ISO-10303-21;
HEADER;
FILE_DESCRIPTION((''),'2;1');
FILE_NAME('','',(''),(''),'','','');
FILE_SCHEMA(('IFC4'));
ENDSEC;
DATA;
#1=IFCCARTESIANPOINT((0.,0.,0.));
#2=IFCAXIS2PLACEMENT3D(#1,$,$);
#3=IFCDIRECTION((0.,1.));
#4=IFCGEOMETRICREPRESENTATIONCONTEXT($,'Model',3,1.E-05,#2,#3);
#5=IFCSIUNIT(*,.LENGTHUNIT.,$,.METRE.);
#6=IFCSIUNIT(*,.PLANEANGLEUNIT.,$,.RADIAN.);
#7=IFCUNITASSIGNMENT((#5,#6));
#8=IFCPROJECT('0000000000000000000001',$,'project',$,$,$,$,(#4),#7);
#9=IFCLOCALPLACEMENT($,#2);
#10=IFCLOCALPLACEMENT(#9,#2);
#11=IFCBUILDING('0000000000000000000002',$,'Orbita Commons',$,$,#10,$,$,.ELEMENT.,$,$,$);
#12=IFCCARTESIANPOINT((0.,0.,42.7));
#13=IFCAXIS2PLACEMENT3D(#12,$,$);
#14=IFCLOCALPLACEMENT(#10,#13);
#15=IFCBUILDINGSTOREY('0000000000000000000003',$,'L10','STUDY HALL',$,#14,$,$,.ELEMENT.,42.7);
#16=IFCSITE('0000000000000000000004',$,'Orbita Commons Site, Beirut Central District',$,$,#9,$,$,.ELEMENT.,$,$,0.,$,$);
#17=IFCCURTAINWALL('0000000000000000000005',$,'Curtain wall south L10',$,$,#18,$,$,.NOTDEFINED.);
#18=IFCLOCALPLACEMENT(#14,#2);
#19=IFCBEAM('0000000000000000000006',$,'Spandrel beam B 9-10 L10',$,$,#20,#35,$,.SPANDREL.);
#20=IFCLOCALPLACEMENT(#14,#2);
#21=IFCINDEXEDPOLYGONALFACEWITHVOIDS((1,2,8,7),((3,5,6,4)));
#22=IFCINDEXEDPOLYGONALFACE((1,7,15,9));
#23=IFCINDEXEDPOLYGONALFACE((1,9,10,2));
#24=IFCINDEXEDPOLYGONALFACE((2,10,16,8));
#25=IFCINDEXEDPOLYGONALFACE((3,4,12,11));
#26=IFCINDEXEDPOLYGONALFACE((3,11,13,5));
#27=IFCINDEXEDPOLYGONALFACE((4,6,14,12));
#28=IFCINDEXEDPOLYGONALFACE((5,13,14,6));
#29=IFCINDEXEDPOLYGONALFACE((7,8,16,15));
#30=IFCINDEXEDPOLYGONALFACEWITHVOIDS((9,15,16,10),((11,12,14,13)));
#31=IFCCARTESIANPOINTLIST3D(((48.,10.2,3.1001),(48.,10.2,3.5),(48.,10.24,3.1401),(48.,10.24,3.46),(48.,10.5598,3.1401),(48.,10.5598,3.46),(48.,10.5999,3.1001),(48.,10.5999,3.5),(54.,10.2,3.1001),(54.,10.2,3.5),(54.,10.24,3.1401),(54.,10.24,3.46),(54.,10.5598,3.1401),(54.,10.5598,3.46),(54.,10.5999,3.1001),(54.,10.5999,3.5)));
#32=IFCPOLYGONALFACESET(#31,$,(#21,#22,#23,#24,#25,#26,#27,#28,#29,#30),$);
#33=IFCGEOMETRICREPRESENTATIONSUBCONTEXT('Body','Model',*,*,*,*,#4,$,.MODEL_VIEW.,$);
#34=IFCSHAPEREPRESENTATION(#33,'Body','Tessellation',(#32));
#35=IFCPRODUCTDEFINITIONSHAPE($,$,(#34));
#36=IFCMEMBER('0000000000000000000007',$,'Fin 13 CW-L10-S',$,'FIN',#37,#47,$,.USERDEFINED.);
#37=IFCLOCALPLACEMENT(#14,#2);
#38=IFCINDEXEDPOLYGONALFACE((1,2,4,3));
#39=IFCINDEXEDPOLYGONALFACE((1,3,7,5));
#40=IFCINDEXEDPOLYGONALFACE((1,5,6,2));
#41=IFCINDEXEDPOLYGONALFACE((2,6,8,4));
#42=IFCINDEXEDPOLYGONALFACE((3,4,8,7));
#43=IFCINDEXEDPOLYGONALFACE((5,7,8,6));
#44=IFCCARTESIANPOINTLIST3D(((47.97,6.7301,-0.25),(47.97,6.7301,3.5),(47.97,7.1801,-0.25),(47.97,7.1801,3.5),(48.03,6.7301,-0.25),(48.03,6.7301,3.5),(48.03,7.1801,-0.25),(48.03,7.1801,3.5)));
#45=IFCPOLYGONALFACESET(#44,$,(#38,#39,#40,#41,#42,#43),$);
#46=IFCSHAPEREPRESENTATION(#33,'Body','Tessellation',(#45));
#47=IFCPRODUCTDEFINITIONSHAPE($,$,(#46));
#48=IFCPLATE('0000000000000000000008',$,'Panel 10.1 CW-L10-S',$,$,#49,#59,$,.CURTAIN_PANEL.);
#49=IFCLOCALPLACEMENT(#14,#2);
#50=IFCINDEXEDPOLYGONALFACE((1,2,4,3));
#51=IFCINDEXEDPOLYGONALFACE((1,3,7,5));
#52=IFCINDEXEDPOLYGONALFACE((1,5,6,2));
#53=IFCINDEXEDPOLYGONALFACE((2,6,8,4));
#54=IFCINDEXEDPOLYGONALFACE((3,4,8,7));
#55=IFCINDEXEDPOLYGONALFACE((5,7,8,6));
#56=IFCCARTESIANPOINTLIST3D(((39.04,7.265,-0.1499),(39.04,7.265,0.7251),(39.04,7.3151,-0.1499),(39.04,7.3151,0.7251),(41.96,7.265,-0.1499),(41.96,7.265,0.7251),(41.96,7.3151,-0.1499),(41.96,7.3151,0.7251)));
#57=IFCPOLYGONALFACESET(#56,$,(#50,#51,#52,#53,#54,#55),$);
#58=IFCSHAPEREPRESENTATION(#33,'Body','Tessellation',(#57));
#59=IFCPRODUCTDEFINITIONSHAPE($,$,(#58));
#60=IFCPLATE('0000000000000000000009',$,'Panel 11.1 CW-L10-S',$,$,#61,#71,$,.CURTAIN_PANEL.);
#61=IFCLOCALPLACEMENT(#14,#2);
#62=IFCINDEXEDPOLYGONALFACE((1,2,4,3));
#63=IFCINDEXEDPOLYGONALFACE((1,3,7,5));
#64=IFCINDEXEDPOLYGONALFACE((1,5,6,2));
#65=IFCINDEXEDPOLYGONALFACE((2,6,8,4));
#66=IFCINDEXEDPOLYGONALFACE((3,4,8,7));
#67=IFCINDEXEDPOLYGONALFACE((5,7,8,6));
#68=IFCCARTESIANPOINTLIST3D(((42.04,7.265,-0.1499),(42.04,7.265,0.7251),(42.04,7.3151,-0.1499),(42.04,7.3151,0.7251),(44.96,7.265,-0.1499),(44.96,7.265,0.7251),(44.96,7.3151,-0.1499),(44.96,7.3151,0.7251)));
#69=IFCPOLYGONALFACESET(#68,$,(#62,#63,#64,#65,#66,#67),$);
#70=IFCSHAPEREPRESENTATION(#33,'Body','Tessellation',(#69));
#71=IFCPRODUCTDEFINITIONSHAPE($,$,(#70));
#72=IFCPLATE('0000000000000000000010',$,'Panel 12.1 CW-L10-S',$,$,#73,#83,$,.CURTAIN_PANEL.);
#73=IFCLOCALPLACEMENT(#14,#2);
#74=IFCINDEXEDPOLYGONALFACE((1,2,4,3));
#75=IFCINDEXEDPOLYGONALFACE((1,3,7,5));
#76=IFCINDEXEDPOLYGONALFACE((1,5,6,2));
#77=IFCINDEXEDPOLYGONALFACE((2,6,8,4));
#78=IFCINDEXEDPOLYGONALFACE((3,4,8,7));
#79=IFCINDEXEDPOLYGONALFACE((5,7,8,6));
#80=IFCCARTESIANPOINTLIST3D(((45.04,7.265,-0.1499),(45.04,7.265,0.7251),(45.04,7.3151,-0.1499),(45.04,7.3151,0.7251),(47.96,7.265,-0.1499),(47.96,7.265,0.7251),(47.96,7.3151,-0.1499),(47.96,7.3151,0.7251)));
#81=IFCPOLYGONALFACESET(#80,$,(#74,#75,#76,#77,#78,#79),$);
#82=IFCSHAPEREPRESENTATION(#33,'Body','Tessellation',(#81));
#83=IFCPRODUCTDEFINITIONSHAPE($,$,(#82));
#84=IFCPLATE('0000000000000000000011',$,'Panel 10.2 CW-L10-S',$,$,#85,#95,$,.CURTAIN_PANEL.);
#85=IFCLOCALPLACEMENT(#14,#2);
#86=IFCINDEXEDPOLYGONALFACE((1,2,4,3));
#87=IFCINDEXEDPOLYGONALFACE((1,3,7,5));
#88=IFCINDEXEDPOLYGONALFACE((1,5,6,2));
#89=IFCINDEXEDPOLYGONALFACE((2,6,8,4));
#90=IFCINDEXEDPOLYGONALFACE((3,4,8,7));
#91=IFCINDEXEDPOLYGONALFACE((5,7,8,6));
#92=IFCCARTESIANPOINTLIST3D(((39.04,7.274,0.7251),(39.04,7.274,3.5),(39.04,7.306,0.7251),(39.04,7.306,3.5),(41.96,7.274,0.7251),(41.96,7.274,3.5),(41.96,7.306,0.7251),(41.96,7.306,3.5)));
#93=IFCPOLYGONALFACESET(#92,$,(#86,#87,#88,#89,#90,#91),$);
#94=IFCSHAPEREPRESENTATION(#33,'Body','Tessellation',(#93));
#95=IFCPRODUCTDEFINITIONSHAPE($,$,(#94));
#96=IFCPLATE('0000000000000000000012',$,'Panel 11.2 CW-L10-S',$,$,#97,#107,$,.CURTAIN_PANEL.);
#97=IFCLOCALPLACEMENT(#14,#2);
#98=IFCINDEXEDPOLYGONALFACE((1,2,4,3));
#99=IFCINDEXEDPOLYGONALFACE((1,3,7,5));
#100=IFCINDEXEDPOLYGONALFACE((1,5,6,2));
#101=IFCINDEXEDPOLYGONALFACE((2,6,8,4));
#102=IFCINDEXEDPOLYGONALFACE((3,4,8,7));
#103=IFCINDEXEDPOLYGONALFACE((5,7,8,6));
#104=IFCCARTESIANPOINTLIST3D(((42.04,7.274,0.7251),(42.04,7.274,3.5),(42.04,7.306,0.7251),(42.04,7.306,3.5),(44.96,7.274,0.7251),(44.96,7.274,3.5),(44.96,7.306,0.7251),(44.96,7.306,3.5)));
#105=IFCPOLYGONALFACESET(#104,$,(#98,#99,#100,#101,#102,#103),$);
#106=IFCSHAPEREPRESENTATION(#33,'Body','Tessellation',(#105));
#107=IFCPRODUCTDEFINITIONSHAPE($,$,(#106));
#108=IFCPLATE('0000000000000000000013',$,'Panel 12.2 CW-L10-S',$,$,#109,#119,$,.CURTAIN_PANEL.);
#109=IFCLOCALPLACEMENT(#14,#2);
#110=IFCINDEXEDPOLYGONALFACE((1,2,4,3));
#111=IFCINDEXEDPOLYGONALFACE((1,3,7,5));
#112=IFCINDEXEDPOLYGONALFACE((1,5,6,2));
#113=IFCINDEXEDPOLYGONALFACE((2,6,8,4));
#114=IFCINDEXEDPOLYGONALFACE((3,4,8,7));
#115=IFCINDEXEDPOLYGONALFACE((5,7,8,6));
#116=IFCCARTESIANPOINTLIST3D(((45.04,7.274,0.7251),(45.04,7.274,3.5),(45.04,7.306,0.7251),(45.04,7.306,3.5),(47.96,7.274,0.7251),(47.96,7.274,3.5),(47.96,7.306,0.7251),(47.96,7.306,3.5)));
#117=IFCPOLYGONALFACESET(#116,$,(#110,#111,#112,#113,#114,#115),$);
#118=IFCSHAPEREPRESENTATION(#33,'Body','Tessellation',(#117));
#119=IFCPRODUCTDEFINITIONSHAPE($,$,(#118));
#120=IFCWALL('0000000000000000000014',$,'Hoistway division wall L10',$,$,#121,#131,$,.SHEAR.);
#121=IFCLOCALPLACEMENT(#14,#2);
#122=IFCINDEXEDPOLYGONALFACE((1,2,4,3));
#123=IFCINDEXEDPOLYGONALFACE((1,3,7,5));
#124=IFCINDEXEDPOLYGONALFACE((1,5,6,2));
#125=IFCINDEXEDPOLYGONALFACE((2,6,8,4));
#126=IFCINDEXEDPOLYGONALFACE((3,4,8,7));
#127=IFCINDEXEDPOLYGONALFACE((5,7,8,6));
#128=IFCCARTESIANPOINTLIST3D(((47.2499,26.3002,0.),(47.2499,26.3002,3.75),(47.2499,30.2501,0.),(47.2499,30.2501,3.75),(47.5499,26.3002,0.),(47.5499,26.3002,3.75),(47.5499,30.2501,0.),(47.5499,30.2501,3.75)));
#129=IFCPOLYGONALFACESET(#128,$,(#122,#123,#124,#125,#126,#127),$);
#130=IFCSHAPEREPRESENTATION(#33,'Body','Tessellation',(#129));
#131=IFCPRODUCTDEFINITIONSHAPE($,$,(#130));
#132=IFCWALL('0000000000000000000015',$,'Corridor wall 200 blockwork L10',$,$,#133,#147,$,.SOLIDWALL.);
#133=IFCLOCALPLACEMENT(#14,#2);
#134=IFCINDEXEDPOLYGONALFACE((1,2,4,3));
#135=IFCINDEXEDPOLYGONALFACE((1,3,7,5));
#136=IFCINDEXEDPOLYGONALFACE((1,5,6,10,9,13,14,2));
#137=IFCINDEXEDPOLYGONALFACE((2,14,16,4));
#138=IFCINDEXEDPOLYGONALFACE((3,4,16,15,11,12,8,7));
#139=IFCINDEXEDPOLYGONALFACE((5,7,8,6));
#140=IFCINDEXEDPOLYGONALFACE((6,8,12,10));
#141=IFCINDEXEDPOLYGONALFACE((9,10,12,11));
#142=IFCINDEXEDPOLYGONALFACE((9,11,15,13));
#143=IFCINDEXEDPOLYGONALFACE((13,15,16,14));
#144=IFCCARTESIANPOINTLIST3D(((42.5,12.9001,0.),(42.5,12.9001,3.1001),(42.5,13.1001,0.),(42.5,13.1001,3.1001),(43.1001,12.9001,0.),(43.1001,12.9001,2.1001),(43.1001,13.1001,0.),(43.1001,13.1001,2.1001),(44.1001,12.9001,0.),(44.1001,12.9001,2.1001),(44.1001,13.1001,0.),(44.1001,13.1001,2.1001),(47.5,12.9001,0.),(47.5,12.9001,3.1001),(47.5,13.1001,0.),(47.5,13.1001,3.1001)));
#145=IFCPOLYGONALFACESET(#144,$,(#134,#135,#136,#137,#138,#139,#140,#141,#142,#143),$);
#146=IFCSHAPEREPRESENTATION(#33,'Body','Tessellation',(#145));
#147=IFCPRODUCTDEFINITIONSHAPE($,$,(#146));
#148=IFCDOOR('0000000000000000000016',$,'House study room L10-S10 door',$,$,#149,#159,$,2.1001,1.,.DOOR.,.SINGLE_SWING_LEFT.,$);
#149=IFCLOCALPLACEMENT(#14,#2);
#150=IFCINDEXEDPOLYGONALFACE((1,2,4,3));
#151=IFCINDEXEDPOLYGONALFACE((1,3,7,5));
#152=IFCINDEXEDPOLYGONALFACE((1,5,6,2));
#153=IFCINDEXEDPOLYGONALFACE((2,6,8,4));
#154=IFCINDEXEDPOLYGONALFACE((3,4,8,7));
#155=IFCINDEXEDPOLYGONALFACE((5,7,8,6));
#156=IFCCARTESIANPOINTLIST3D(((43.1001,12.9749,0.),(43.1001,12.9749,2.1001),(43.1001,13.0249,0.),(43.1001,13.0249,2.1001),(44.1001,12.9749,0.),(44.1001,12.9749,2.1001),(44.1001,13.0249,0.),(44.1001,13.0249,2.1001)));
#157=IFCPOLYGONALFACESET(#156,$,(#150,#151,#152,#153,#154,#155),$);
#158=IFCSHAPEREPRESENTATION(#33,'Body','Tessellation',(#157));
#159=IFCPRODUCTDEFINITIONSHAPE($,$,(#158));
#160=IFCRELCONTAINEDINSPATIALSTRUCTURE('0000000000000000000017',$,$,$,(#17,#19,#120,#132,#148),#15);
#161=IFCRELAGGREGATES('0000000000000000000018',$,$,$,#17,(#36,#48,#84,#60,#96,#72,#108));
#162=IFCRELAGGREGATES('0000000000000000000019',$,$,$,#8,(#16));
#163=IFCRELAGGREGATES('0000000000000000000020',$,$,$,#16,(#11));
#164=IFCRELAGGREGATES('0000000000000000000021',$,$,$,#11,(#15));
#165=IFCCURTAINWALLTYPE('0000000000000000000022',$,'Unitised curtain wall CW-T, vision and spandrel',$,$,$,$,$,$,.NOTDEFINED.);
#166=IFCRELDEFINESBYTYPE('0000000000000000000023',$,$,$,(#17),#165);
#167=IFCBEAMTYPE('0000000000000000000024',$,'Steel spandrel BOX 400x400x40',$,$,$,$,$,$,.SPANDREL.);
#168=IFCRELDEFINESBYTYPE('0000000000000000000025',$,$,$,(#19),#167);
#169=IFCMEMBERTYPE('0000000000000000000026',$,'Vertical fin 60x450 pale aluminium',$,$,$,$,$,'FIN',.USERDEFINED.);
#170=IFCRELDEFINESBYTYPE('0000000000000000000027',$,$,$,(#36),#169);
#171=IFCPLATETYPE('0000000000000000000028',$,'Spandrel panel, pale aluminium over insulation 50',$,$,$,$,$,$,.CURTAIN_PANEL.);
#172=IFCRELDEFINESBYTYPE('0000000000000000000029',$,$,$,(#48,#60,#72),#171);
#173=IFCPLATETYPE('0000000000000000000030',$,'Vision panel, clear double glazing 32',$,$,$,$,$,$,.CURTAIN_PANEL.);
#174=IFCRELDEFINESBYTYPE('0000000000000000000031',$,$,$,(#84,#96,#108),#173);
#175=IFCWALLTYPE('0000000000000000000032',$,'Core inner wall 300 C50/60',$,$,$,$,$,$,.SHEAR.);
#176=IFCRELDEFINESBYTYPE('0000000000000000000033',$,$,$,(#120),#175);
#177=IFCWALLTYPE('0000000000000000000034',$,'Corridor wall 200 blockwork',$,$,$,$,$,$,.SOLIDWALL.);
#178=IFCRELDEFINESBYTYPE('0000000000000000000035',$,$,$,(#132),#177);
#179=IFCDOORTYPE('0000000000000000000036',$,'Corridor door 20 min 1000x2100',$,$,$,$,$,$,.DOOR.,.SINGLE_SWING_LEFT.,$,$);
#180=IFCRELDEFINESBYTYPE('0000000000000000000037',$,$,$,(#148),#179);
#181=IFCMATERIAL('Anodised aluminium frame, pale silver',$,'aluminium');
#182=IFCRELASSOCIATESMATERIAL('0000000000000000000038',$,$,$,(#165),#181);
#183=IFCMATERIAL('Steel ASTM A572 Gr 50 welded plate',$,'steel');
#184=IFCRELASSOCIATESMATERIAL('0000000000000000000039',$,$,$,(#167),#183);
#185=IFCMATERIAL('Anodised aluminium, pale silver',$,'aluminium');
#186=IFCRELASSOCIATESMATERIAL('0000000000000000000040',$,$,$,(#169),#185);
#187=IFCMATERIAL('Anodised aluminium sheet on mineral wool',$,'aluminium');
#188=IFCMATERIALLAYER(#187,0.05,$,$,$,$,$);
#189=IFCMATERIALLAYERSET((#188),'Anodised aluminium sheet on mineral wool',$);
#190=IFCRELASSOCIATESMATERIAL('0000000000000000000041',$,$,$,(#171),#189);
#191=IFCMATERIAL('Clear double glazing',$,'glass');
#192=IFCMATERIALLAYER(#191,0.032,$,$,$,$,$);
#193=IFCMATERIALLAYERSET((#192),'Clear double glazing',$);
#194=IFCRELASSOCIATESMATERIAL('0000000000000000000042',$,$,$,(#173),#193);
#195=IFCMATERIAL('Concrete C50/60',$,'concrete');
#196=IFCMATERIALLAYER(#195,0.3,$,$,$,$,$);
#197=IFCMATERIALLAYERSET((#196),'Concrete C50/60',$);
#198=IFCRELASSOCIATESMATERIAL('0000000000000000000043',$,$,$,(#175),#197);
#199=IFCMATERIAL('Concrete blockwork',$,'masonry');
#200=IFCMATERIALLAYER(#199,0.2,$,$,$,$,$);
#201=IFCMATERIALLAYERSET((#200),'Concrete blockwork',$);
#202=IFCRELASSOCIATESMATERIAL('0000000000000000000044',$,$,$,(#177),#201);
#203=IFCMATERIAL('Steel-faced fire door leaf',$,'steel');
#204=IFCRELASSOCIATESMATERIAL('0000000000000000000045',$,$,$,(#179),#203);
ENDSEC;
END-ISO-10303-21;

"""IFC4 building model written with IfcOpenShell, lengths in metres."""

from ifc_helpers import new_model, si_unit, direction, frame, frame_2d, origin, origin_2d, place, context, subcontext, project, spatial, polyline, rectangle, hollow_rectangle, outline, extrude, material, layer, layer_set, material_profile, profile_set, type_object, element, fill, aggregate, save


model = new_model("IFC4")

# Units and contexts
model_context = context("Model", 3, precision=1e-05, world=origin(), true_north=direction((0.0, 1.0)))
body_context = subcontext(model_context, "Body", "Model", "MODEL_VIEW")
ifc_project = project(units=[si_unit("LENGTHUNIT", "METRE"), si_unit("PLANEANGLEUNIT", "RADIAN")], contexts=[model_context])

# Site, building, storey
site_placement = place(None, origin())
site = spatial("IfcSite", under=ifc_project, at=site_placement, Name="Orbita Commons Site, Beirut Central District", CompositionType="ELEMENT", RefElevation=0.0)
building_placement = place(site_placement, origin())
building = spatial("IfcBuilding", under=site, at=building_placement, Name="Orbita Commons", CompositionType="ELEMENT")
storey_placement = place(building_placement, frame((0.0, 0.0, 42.7)))
storey = spatial("IfcBuildingStorey", under=building, at=storey_placement, Name="L10", Description="STUDY HALL", CompositionType="ELEMENT", Elevation=42.7)

# Curtain wall
ifc_material_1 = material(Name="Anodised aluminium frame, pale silver", Category="aluminium")
curtain_wall_type = type_object("IfcCurtainWallType", Name="Unitised curtain wall CW-T, vision and spandrel", PredefinedType="NOTDEFINED", material=ifc_material_1)
curtain_wall_placement = place(storey_placement, origin())
curtain_wall = element("IfcCurtainWall", 1, at=curtain_wall_placement, inside=storey, type_object=curtain_wall_type, Name="Curtain wall south L10", PredefinedType="NOTDEFINED")

# Beam
ifc_material_2 = material(Name="Steel ASTM A572 Gr 50 welded plate", Category="steel")
ifc_material_profile_1 = material_profile(ifc_material_2, hollow_rectangle(XDim=0.3999, YDim=0.3999, WallThickness=0.04, at=origin_2d()), Name="BOX 400x400x40")
ifc_profile_set_1 = profile_set([ifc_material_profile_1], Name="Steel ASTM A572 Gr 50 welded plate")
beam_type_1 = type_object("IfcBeamType", Name="Steel spandrel BOX 400x400x40", PredefinedType="SPANDREL", material=ifc_profile_set_1)
for number, where, z_axis, x_axis, name in (
    (2, (48.0, 10.3999, 3.3), (1.0, 0.0, 0.0), (0.0, 1.0, 0.0), "Spandrel beam B 9-10 L10"),
):
    element("IfcBeam", number, at=place(storey_placement, frame(where, z_axis=z_axis, x_axis=x_axis)), inside=storey, type_object=beam_type_1, Name=name, PredefinedType="SPANDREL", context=body_context, shape_type="SweptSolid", body=[
        extrude(hollow_rectangle(XDim=0.3999, YDim=0.3999, WallThickness=0.04, at=origin_2d()), origin(), (0.0, 0.0, 1.0), 6.0),
    ])

# Member
ifc_material_3 = material(Name="Anodised aluminium, pale silver", Category="aluminium")
ifc_material_profile_2 = material_profile(ifc_material_3, rectangle(XDim=0.0601, YDim=0.45, at=origin_2d()), Name="FIN 60x450")
ifc_profile_set_2 = profile_set([ifc_material_profile_2], Name="Anodised aluminium, pale silver")
member_type_1 = type_object("IfcMemberType", Name="Vertical fin 60x450 pale aluminium", ElementType="FIN", PredefinedType="USERDEFINED", material=ifc_profile_set_2)
member_1_placement = place(storey_placement, frame((48.0, 6.9551, -0.25), z_axis=(0.0, 0.0, 1.0), x_axis=(1.0, 0.0, 0.0)))
member_1 = element("IfcMember", 3, at=member_1_placement, type_object=member_type_1, Name="Fin 13 CW-L10-S", ObjectType="FIN", PredefinedType="USERDEFINED", context=body_context, shape_type="SweptSolid", body=[
    extrude(rectangle(XDim=0.0601, YDim=0.45, at=origin_2d()), origin(), (0.0, 0.0, 1.0), 3.75),
])

# Plates
ifc_material_4 = material(Name="Anodised aluminium sheet on mineral wool", Category="aluminium")
ifc_layer_1 = layer(ifc_material_4, 0.05)
ifc_layer_set_1 = layer_set([ifc_layer_1], Name="Anodised aluminium sheet on mineral wool")
plate_type_1 = type_object("IfcPlateType", Name="Spandrel panel, pale aluminium over insulation 50", PredefinedType="CURTAIN_PANEL", material=ifc_layer_set_1)
plate_1_placement = place(storey_placement, frame((40.5, 7.29, -0.1499), z_axis=(0.0, 0.0, 1.0), x_axis=(1.0, 0.0, 0.0)))
plate_1 = element("IfcPlate", 4, at=plate_1_placement, type_object=plate_type_1, Name="Panel 10.1 CW-L10-S", PredefinedType="CURTAIN_PANEL", context=body_context, shape_type="SweptSolid", body=[
    extrude(rectangle(XDim=2.9199, YDim=0.05, at=origin_2d()), origin(), (0.0, 0.0, 1.0), 0.875),
])
plate_2_placement = place(storey_placement, frame((43.5, 7.29, -0.1499), z_axis=(0.0, 0.0, 1.0), x_axis=(1.0, 0.0, 0.0)))
plate_2 = element("IfcPlate", 5, at=plate_2_placement, type_object=plate_type_1, Name="Panel 11.1 CW-L10-S", PredefinedType="CURTAIN_PANEL", context=body_context, shape_type="SweptSolid", body=[
    extrude(rectangle(XDim=2.9199, YDim=0.05, at=origin_2d()), origin(), (0.0, 0.0, 1.0), 0.875),
])
plate_3_placement = place(storey_placement, frame((46.5, 7.29, -0.1499), z_axis=(0.0, 0.0, 1.0), x_axis=(1.0, 0.0, 0.0)))
plate_3 = element("IfcPlate", 6, at=plate_3_placement, type_object=plate_type_1, Name="Panel 12.1 CW-L10-S", PredefinedType="CURTAIN_PANEL", context=body_context, shape_type="SweptSolid", body=[
    extrude(rectangle(XDim=2.9199, YDim=0.05, at=origin_2d()), origin(), (0.0, 0.0, 1.0), 0.875),
])
ifc_material_5 = material(Name="Clear double glazing", Category="glass")
ifc_layer_2 = layer(ifc_material_5, 0.032)
ifc_layer_set_2 = layer_set([ifc_layer_2], Name="Clear double glazing")
plate_type_2 = type_object("IfcPlateType", Name="Vision panel, clear double glazing 32", PredefinedType="CURTAIN_PANEL", material=ifc_layer_set_2)
plate_4_placement = place(storey_placement, frame((40.5, 7.29, 0.7251), z_axis=(0.0, 0.0, 1.0), x_axis=(1.0, 0.0, 0.0)))
plate_4 = element("IfcPlate", 7, at=plate_4_placement, type_object=plate_type_2, Name="Panel 10.2 CW-L10-S", PredefinedType="CURTAIN_PANEL", context=body_context, shape_type="SweptSolid", body=[
    extrude(rectangle(XDim=2.9199, YDim=0.032, at=origin_2d()), origin(), (0.0, 0.0, 1.0), 2.7749),
])
plate_5_placement = place(storey_placement, frame((43.5, 7.29, 0.7251), z_axis=(0.0, 0.0, 1.0), x_axis=(1.0, 0.0, 0.0)))
plate_5 = element("IfcPlate", 8, at=plate_5_placement, type_object=plate_type_2, Name="Panel 11.2 CW-L10-S", PredefinedType="CURTAIN_PANEL", context=body_context, shape_type="SweptSolid", body=[
    extrude(rectangle(XDim=2.9199, YDim=0.032, at=origin_2d()), origin(), (0.0, 0.0, 1.0), 2.7749),
])
plate_6_placement = place(storey_placement, frame((46.5, 7.29, 0.7251), z_axis=(0.0, 0.0, 1.0), x_axis=(1.0, 0.0, 0.0)))
plate_6 = element("IfcPlate", 9, at=plate_6_placement, type_object=plate_type_2, Name="Panel 12.2 CW-L10-S", PredefinedType="CURTAIN_PANEL", context=body_context, shape_type="SweptSolid", body=[
    extrude(rectangle(XDim=2.9199, YDim=0.032, at=origin_2d()), origin(), (0.0, 0.0, 1.0), 2.7749),
])
aggregate(curtain_wall, [member_1, plate_1, plate_4, plate_2, plate_5, plate_3, plate_6])

# Wall
ifc_material_6 = material(Name="Concrete C50/60", Category="concrete")
ifc_layer_3 = layer(ifc_material_6, 0.3)
ifc_layer_set_3 = layer_set([ifc_layer_3], Name="Concrete C50/60")
wall_type_1 = type_object("IfcWallType", Name="Core inner wall 300 C50/60", PredefinedType="SHEAR", material=ifc_layer_set_3)
wall_1_placement = place(storey_placement, frame((47.3999, 26.3, 0.0), z_axis=(0.0, 0.0, 1.0), x_axis=(0.0, 1.0, 0.0)))
element("IfcWall", 10, at=wall_1_placement, inside=storey, type_object=wall_type_1, Name="Hoistway division wall L10", PredefinedType="SHEAR", context=body_context, shape_type="SweptSolid", body=[
    extrude(rectangle(XDim=3.95, YDim=0.3, at=frame_2d((1.9751, 0.0))), origin(), (0.0, 0.0, 1.0), 3.75),
])

# Wall, opening, door
ifc_material_7 = material(Name="Concrete blockwork", Category="masonry")
ifc_layer_4 = layer(ifc_material_7, 0.2)
ifc_layer_set_4 = layer_set([ifc_layer_4], Name="Concrete blockwork")
wall_type_2 = type_object("IfcWallType", Name="Corridor wall 200 blockwork", PredefinedType="SOLIDWALL", material=ifc_layer_set_4)
wall_2_placement = place(storey_placement, frame((42.5, 13.0, 0.0), z_axis=(0.0, 0.0, 1.0), x_axis=(1.0, 0.0, 0.0)))
wall_2 = element("IfcWall", 11, at=wall_2_placement, inside=storey, type_object=wall_type_2, Name="Corridor wall 200 blockwork L10", PredefinedType="SOLIDWALL", context=body_context, shape_type="SweptSolid", body=[
    extrude(outline(polyline([(0.0, 0.0), (5.0, 0.0), (5.0, 3.1001), (0.0, 3.1001), (0.0, 0.0)])), frame((0.0, 0.1001, 0.0), z_axis=(0.0, -1.0, 0.0), x_axis=(1.0, 0.0, 0.0)), (0.0, 0.0, 1.0), 0.2),
])
opening_1_placement = place(wall_2_placement, frame((0.6001, 0.0, 0.0)))
opening_1 = element("IfcOpeningElement", 12, at=opening_1_placement, cuts=wall_2, PredefinedType="OPENING", context=body_context, shape_type="SweptSolid", body=[
    extrude(rectangle(XDim=1.0, YDim=2.1001, at=frame_2d((0.5, 1.05))), frame((0.0, 0.1099, 0.0), z_axis=(0.0, -1.0, 0.0), x_axis=(1.0, 0.0, 0.0)), (0.0, 0.0, 1.0), 0.22),
])
ifc_material_8 = material(Name="Steel-faced fire door leaf", Category="steel")
door_type_1 = type_object("IfcDoorType", Name="Corridor door 20 min 1000x2100", OperationType="SINGLE_SWING_LEFT", PredefinedType="DOOR", material=ifc_material_8)
door_1_placement = place(opening_1_placement, origin())
door_1 = element("IfcDoor", 13, at=door_1_placement, inside=storey, type_object=door_type_1, Name="House study room L10-S10 door", OperationType="SINGLE_SWING_LEFT", OverallHeight=2.1001, OverallWidth=1.0, PredefinedType="DOOR", context=body_context, shape_type="SweptSolid", body=[
    extrude(rectangle(XDim=1.0, YDim=2.1001, at=frame_2d((0.5, 1.05))), frame((0.0, 0.0249, 0.0), z_axis=(0.0, -1.0, 0.0), x_axis=(1.0, 0.0, 0.0)), (0.0, 0.0, 1.0), 0.05),
])
fill(opening_1, door_1)

save(model, "model.ifc")
